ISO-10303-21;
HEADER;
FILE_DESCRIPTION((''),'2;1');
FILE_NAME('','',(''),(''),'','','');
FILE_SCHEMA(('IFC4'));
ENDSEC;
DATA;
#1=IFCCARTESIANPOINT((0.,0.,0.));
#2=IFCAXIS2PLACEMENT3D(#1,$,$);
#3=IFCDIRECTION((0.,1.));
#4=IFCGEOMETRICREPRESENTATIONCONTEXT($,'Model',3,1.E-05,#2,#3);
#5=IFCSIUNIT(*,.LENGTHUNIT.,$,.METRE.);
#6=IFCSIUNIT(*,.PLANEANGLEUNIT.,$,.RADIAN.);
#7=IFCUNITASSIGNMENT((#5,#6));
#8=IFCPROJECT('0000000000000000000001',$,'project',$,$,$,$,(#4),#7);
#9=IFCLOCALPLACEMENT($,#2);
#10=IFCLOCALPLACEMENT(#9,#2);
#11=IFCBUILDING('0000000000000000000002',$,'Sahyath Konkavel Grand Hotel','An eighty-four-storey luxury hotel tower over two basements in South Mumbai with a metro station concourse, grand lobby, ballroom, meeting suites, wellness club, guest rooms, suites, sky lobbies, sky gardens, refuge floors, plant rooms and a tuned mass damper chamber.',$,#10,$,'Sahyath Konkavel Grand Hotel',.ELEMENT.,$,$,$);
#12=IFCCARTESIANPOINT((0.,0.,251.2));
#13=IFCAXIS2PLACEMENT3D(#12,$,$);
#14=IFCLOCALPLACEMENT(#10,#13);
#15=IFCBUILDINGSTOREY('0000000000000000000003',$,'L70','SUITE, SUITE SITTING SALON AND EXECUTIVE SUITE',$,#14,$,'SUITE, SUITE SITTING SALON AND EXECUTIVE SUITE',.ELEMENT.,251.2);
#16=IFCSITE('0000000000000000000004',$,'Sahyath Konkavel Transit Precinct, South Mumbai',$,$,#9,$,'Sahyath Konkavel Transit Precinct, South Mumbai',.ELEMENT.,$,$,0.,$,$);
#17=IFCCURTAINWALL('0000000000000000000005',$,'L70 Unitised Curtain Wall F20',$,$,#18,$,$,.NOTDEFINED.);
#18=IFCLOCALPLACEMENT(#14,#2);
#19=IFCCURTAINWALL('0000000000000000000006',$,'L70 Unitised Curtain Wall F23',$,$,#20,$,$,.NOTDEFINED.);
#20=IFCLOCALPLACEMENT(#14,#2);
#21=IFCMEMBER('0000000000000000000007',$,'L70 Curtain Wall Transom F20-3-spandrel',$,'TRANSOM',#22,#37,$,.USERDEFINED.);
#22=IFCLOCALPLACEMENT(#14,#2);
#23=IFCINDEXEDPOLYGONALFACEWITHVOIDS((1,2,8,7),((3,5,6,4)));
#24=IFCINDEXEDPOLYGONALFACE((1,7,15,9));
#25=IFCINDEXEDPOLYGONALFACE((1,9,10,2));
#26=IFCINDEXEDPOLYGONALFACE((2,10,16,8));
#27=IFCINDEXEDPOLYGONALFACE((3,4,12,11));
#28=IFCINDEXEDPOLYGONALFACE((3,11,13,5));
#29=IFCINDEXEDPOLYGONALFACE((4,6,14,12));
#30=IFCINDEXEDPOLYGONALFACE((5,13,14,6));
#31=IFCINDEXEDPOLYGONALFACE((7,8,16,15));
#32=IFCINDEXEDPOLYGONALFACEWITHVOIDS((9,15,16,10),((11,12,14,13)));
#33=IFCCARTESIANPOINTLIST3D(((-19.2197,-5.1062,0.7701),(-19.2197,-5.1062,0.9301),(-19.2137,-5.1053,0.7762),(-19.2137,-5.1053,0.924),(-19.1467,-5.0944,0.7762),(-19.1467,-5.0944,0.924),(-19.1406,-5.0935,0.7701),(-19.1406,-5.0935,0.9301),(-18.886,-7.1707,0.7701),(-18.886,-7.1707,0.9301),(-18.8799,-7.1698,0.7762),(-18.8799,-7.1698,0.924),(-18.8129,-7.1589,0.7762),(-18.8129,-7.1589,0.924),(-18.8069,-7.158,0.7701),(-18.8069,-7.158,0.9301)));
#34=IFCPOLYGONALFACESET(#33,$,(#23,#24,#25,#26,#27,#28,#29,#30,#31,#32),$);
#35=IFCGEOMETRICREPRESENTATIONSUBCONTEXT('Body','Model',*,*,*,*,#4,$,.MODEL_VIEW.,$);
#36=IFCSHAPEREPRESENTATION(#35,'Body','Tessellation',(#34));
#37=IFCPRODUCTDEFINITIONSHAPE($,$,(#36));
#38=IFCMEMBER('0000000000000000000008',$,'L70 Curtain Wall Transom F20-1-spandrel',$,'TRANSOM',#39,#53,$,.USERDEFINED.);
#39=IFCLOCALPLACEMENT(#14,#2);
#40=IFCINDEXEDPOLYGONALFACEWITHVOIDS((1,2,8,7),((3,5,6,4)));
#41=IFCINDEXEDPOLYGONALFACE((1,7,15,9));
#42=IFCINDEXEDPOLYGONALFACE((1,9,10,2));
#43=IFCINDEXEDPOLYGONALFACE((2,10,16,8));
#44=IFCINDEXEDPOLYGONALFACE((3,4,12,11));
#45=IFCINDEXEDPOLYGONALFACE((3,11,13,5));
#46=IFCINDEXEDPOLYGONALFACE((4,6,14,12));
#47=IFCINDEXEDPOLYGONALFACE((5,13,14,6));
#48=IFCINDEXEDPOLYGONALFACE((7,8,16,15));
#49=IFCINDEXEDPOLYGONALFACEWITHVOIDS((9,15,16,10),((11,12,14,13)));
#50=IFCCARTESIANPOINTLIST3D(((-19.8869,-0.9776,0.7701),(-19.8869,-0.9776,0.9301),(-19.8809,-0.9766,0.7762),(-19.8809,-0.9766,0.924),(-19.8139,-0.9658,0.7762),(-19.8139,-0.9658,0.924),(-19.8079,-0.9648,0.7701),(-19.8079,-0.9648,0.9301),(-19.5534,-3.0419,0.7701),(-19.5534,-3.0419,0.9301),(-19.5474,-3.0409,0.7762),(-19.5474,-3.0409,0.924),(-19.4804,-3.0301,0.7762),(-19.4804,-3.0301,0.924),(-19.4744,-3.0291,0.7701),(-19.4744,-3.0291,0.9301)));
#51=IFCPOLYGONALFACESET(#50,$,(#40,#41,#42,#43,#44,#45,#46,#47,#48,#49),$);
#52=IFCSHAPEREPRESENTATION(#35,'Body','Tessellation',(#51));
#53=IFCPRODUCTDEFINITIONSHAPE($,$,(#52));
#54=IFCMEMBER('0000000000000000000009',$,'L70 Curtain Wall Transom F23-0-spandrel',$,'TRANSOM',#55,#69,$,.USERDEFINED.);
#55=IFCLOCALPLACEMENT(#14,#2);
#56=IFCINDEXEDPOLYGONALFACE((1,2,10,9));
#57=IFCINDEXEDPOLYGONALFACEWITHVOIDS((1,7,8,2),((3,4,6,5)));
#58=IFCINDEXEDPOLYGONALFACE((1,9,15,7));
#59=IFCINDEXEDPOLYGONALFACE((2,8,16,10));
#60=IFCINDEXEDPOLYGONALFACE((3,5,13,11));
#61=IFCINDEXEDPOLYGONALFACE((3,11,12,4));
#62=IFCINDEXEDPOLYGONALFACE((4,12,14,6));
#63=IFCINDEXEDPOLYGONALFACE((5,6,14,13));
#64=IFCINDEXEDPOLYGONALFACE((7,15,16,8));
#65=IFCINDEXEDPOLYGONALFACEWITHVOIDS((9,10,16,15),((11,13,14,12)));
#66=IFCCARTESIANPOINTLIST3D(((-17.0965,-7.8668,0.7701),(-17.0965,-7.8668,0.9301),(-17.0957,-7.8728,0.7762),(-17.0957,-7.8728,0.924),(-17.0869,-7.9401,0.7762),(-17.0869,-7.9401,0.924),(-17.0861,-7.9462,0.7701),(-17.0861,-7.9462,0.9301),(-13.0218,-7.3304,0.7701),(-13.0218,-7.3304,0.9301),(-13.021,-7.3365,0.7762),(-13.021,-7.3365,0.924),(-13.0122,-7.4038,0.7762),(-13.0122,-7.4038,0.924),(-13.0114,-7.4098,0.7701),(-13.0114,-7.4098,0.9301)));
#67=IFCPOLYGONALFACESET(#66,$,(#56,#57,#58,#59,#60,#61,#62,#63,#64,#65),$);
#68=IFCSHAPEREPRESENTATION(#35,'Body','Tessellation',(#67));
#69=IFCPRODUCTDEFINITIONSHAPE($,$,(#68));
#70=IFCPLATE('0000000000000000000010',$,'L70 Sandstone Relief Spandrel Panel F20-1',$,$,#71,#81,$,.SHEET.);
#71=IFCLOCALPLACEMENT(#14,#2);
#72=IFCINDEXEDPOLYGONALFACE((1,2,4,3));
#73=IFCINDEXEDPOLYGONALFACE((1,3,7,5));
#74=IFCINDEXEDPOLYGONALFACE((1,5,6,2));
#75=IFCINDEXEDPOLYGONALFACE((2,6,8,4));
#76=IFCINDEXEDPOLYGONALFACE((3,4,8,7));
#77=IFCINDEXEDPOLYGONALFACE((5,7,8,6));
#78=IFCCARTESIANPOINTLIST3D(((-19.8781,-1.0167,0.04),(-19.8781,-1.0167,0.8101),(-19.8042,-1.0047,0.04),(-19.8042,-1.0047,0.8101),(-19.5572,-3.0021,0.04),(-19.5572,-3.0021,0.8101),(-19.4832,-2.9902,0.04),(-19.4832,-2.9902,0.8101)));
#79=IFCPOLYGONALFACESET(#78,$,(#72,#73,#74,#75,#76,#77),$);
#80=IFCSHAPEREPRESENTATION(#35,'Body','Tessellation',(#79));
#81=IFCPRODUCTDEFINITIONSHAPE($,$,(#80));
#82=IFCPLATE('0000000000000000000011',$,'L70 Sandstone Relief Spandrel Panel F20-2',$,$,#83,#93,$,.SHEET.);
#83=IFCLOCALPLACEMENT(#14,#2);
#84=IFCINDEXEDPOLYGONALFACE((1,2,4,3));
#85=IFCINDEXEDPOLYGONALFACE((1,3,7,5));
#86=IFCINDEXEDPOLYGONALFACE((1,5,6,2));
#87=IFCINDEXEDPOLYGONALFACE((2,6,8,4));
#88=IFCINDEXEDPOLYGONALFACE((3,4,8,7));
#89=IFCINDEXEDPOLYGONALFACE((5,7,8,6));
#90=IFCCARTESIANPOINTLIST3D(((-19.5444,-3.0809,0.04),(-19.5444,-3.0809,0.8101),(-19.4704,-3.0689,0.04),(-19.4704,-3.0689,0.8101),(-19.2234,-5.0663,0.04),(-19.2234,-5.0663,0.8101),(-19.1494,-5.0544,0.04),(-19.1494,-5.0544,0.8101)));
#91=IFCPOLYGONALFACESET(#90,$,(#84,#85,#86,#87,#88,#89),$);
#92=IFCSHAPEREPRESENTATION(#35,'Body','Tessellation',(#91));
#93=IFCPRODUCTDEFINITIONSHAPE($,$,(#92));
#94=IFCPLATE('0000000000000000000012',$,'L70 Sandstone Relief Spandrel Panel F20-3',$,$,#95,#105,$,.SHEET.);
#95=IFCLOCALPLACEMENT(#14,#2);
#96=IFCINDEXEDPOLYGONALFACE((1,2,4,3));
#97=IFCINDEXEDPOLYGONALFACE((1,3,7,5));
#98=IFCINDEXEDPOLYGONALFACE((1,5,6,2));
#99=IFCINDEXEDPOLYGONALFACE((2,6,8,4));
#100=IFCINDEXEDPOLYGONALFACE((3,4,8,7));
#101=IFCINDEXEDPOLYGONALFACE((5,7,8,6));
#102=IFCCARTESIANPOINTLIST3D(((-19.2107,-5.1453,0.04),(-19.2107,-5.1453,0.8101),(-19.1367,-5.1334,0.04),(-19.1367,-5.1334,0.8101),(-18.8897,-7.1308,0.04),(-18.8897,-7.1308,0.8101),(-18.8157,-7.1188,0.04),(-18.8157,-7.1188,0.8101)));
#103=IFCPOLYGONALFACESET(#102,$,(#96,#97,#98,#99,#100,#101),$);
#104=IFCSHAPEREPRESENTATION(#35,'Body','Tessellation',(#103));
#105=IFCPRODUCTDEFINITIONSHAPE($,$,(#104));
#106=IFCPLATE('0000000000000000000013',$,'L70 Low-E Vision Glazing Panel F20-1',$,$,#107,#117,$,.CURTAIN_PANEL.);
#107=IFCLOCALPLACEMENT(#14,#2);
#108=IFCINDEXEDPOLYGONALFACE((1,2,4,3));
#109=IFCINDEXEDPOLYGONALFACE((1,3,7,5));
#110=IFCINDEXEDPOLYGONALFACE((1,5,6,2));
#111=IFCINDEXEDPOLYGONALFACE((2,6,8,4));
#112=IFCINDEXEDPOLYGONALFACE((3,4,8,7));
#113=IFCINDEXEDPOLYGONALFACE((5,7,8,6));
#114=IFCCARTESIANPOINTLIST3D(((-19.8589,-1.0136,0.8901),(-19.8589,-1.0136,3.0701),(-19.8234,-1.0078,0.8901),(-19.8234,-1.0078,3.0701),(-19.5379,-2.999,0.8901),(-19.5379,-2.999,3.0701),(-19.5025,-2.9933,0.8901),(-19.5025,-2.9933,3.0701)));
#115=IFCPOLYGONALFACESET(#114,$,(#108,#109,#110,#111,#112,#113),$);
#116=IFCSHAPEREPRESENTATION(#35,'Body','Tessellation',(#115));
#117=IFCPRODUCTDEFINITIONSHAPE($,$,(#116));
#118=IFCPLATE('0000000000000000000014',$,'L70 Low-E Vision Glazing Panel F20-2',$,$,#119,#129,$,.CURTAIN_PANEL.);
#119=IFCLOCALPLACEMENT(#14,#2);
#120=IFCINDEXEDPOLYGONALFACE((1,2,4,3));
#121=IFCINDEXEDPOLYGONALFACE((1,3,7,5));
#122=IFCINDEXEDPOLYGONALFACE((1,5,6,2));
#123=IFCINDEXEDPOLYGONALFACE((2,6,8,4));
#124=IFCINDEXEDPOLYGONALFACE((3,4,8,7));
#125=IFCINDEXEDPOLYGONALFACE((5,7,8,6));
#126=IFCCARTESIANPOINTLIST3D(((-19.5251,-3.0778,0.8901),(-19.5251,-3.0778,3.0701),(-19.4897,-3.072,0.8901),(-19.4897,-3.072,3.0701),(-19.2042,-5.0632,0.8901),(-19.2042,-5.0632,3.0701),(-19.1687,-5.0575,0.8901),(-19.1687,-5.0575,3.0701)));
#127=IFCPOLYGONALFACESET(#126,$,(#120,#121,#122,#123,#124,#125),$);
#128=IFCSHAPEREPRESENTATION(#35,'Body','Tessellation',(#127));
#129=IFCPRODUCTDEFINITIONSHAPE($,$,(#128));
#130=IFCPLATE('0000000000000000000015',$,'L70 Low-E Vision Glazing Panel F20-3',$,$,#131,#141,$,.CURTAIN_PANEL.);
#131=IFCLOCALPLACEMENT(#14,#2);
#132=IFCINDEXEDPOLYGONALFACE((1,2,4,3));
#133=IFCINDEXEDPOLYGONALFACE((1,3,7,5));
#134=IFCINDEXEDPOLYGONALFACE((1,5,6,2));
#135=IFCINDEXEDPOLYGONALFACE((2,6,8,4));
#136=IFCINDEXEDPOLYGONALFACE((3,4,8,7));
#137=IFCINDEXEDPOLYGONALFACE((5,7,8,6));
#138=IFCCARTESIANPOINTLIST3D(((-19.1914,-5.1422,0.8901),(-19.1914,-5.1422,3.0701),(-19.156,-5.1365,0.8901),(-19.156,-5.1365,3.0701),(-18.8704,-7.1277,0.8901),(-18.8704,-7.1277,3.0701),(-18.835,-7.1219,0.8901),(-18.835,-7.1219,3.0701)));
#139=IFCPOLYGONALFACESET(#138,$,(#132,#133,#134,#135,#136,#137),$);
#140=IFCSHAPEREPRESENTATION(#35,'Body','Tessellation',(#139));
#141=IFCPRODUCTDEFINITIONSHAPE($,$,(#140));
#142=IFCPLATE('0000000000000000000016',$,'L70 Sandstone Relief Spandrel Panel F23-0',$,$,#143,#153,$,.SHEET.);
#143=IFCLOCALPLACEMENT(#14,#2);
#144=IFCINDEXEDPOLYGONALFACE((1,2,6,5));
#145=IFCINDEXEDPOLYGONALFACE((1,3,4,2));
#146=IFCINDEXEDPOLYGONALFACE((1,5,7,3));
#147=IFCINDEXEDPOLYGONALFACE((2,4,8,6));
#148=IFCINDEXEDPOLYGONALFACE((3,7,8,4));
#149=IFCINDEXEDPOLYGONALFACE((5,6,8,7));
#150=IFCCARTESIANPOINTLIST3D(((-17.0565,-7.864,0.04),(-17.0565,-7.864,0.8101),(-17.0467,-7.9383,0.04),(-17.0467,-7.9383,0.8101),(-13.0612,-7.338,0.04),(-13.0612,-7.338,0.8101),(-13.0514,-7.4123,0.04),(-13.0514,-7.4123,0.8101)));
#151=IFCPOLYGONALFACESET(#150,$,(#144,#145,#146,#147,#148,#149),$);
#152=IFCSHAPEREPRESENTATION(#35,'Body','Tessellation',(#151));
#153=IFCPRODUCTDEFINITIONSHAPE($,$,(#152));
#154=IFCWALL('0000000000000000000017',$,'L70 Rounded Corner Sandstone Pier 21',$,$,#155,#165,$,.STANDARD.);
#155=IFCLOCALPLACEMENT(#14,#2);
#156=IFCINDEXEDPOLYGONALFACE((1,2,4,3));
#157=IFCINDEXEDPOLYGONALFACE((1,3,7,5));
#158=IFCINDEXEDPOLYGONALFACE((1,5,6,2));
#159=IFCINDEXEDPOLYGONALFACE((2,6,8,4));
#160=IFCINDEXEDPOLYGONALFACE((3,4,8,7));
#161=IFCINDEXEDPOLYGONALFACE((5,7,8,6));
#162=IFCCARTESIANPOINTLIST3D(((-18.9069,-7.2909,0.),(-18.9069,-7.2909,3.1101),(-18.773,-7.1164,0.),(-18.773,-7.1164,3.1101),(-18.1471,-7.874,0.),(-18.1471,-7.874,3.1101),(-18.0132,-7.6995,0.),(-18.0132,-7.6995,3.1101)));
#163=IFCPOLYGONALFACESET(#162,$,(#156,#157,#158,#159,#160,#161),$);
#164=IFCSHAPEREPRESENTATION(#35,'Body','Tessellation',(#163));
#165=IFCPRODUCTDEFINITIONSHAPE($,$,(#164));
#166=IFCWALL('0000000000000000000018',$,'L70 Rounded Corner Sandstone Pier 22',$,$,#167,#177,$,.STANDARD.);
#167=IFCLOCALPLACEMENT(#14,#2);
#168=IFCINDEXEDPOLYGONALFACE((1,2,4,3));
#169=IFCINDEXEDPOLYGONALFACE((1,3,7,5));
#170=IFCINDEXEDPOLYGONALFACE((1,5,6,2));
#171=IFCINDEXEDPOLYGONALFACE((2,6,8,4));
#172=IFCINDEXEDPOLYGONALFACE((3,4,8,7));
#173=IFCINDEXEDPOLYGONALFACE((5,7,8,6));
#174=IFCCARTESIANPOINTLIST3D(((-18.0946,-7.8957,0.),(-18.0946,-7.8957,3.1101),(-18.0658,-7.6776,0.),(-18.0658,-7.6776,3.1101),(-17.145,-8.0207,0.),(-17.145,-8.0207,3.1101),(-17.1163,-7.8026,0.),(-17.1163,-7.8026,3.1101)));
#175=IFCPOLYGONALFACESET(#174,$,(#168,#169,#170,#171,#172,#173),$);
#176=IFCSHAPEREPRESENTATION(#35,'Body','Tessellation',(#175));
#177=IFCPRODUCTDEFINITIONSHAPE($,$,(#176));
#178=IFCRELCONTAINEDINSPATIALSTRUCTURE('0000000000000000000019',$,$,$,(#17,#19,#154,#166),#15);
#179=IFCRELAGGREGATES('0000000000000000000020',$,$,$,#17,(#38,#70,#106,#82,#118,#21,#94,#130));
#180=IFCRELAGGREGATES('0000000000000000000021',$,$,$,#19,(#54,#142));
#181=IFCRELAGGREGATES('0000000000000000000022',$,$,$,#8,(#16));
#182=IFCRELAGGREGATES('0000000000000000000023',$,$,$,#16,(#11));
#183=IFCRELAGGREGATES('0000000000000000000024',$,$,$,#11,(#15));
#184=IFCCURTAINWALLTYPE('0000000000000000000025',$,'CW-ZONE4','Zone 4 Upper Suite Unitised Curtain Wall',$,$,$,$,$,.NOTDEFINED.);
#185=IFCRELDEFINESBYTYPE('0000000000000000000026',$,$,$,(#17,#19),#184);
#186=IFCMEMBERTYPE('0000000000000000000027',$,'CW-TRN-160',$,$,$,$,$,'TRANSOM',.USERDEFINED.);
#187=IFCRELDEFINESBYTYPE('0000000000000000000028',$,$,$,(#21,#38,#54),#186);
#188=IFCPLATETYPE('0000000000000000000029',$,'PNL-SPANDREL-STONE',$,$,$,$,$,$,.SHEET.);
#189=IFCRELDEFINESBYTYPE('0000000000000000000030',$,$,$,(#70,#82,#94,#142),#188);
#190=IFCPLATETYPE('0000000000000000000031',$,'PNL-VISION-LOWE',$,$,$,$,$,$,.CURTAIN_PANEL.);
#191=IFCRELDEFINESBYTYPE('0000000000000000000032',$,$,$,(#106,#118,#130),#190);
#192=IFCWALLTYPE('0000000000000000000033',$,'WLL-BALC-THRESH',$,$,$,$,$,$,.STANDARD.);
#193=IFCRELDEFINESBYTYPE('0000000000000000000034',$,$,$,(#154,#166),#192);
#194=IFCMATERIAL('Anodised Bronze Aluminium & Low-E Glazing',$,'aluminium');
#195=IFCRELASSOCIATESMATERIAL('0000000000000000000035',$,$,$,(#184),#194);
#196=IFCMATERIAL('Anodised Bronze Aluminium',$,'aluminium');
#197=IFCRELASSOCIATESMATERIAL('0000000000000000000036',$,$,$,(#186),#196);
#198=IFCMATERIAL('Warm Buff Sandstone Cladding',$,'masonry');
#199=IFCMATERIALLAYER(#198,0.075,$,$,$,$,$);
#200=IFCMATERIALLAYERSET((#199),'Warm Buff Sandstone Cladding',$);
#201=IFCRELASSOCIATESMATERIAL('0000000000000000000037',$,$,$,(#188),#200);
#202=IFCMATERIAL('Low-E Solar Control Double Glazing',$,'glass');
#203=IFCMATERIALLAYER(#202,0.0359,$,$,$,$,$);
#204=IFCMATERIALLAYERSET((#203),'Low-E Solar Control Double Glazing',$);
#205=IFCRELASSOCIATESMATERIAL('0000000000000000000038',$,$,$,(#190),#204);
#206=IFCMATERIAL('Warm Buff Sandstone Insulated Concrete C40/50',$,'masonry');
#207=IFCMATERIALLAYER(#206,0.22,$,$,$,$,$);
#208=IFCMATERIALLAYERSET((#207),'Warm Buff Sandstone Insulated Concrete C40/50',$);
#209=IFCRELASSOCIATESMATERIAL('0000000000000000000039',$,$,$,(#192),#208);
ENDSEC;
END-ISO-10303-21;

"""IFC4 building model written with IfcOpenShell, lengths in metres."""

from ifc_helpers import new_model, si_unit, direction, frame, frame_2d, origin, origin_2d, place, context, subcontext, project, spatial, rectangle, hollow_rectangle, extrude, source, transform, mapped, material, layer, layer_set, material_profile, profile_set, type_object, element, aggregate, save


model = new_model("IFC4")

# Units and contexts
model_context = context("Model", 3, precision=1e-05, world=origin(), true_north=direction((0.0, 1.0)))
body_context = subcontext(model_context, "Body", "Model", "MODEL_VIEW")
ifc_project = project(units=[si_unit("LENGTHUNIT", "METRE"), si_unit("PLANEANGLEUNIT", "RADIAN")], contexts=[model_context])

# Site, building, storey
site_placement = place(None, origin())
site = spatial("IfcSite", under=ifc_project, at=site_placement, Name="Sahyath Konkavel Transit Precinct, South Mumbai", LongName="Sahyath Konkavel Transit Precinct, South Mumbai", CompositionType="ELEMENT", RefElevation=0.0)
building_placement = place(site_placement, origin())
building = spatial("IfcBuilding", under=site, at=building_placement, Name="Sahyath Konkavel Grand Hotel", Description="An eighty-four-storey luxury hotel tower over two basements in South Mumbai with a metro station concourse, grand lobby, ballroom, meeting suites, wellness club, guest rooms, suites, sky lobbies, sky gardens, refuge floors, plant rooms and a tuned mass damper chamber.", LongName="Sahyath Konkavel Grand Hotel", CompositionType="ELEMENT")
storey_placement = place(building_placement, frame((0.0, 0.0, 251.2)))
storey = spatial("IfcBuildingStorey", under=building, at=storey_placement, Name="L70", Description="SUITE, SUITE SITTING SALON AND EXECUTIVE SUITE", LongName="SUITE, SUITE SITTING SALON AND EXECUTIVE SUITE", CompositionType="ELEMENT", Elevation=251.2)

# Curtain wall
ifc_material_1 = material(Name="Anodised Bronze Aluminium & Low-E Glazing", Category="aluminium")
curtain_wall_type = type_object("IfcCurtainWallType", Name="CW-ZONE4", Description="Zone 4 Upper Suite Unitised Curtain Wall", PredefinedType="NOTDEFINED", material=ifc_material_1)
curtain_wall_1_placement = place(storey_placement, origin())
curtain_wall_1 = element("IfcCurtainWall", 1, at=curtain_wall_1_placement, inside=storey, type_object=curtain_wall_type, Name="L70 Unitised Curtain Wall F20", PredefinedType="NOTDEFINED")
ifc_material_2 = material(Name="Anodised Bronze Aluminium", Category="aluminium")

# Curtain wall
curtain_wall_2_placement = place(storey_placement, origin())
curtain_wall_2 = element("IfcCurtainWall", 2, at=curtain_wall_2_placement, inside=storey, type_object=curtain_wall_type, Name="L70 Unitised Curtain Wall F23", PredefinedType="NOTDEFINED")

# Members
ifc_material_profile_1 = material_profile(ifc_material_2, hollow_rectangle(XDim=0.0801, YDim=0.1599, WallThickness=0.0061, at=origin_2d()), Name="RHS 160x80x6")
ifc_profile_set_1 = profile_set([ifc_material_profile_1], Name="Anodised Bronze Aluminium")
member_type_1 = type_object("IfcMemberType", Name="CW-TRN-160", ElementType="TRANSOM", PredefinedType="USERDEFINED", material=ifc_profile_set_1)
shared_shape_1 = source(origin(), body_context, "Body", "SweptSolid", [
    extrude(hollow_rectangle(XDim=0.0801, YDim=0.1599, WallThickness=0.0061, at=origin_2d()), origin(), (0.0, 0.0, 1.0), 2.0913),
])
member_1_placement = place(storey_placement, frame((-19.1802, -5.0999, 0.8501), z_axis=(0.159588, -0.987184, 0.0), x_axis=(0.987184, 0.159588, 0.0)))
member_1 = element("IfcMember", 3, at=member_1_placement, type_object=member_type_1, Name="L70 Curtain Wall Transom F20-3-spandrel", ObjectType="TRANSOM", PredefinedType="USERDEFINED", context=body_context, shape_type="MappedRepresentation", body=[
    mapped(shared_shape_1, transform((0.0, 0.0, 0.0), scale=1.0)),
])
shared_shape_2 = source(origin(), body_context, "Body", "SweptSolid", [
    extrude(hollow_rectangle(XDim=0.0801, YDim=0.1599, WallThickness=0.0061, at=origin_2d()), origin(), (0.0, 0.0, 1.0), 2.0911),
])
member_2_placement = place(storey_placement, frame((-19.8474, -0.9712, 0.8501), z_axis=(0.159493, -0.987199, 0.0), x_axis=(0.987199, 0.159493, 0.0)))
member_2 = element("IfcMember", 4, at=member_2_placement, type_object=member_type_1, Name="L70 Curtain Wall Transom F20-1-spandrel", ObjectType="TRANSOM", PredefinedType="USERDEFINED", context=body_context, shape_type="MappedRepresentation", body=[
    mapped(shared_shape_2, transform((0.0, 0.0, 0.0), scale=1.0)),
])
shared_shape_3 = source(origin(), body_context, "Body", "SweptSolid", [
    extrude(hollow_rectangle(XDim=0.0801, YDim=0.1599, WallThickness=0.0061, at=origin_2d()), origin(), (0.0, 0.0, 1.0), 4.1099),
])
member_3_placement = place(storey_placement, frame((-17.0913, -7.9065, 0.8501), z_axis=(0.991447, 0.13051, 0.0), x_axis=(-0.13051, 0.991447, 0.0)))
member_3 = element("IfcMember", 5, at=member_3_placement, type_object=member_type_1, Name="L70 Curtain Wall Transom F23-0-spandrel", ObjectType="TRANSOM", PredefinedType="USERDEFINED", context=body_context, shape_type="MappedRepresentation", body=[
    mapped(shared_shape_3, transform((0.0, 0.0, 0.0), scale=1.0)),
])

# Plates
ifc_material_3 = material(Name="Warm Buff Sandstone Cladding", Category="masonry")
ifc_layer_1 = layer(ifc_material_3, 0.075)
ifc_layer_set_1 = layer_set([ifc_layer_1], Name="Warm Buff Sandstone Cladding")
plate_type_1 = type_object("IfcPlateType", Name="PNL-SPANDREL-STONE", PredefinedType="SHEET", material=ifc_layer_set_1)
shared_shape_4 = source(origin(), body_context, "Body", "SweptSolid", [
    extrude(rectangle(XDim=2.0112, YDim=0.075, at=origin_2d()), origin(), (0.0, 0.0, 1.0), 0.77),
])
plate_1_placement = place(storey_placement, frame((-19.6807, -2.0034, 0.04), z_axis=(0.0, 0.0, 1.0), x_axis=(0.159588, -0.987184, 0.0)))
plate_1 = element("IfcPlate", 6, at=plate_1_placement, type_object=plate_type_1, Name="L70 Sandstone Relief Spandrel Panel F20-1", PredefinedType="SHEET", context=body_context, shape_type="MappedRepresentation", body=[
    mapped(shared_shape_4, transform((0.0, 0.0, 0.0), scale=1.0)),
])
plate_2_placement = place(storey_placement, frame((-19.3469, -4.0676, 0.04), z_axis=(0.0, 0.0, 1.0), x_axis=(0.159588, -0.987184, 0.0)))
plate_2 = element("IfcPlate", 7, at=plate_2_placement, type_object=plate_type_1, Name="L70 Sandstone Relief Spandrel Panel F20-2", PredefinedType="SHEET", context=body_context, shape_type="MappedRepresentation", body=[
    mapped(shared_shape_4, transform((0.0, 0.0, 0.0), scale=1.0)),
])
plate_3_placement = place(storey_placement, frame((-19.0132, -6.1321, 0.04), z_axis=(0.0, 0.0, 1.0), x_axis=(0.159588, -0.987184, 0.0)))
plate_3 = element("IfcPlate", 8, at=plate_3_placement, type_object=plate_type_1, Name="L70 Sandstone Relief Spandrel Panel F20-3", PredefinedType="SHEET", context=body_context, shape_type="MappedRepresentation", body=[
    mapped(shared_shape_4, transform((0.0, 0.0, 0.0), scale=1.0)),
])
ifc_material_4 = material(Name="Low-E Solar Control Double Glazing", Category="glass")
ifc_layer_2 = layer(ifc_material_4, 0.0359)
ifc_layer_set_2 = layer_set([ifc_layer_2], Name="Low-E Solar Control Double Glazing")
plate_type_2 = type_object("IfcPlateType", Name="PNL-VISION-LOWE", PredefinedType="CURTAIN_PANEL", material=ifc_layer_set_2)
shared_shape_5 = source(origin(), body_context, "Body", "SweptSolid", [
    extrude(rectangle(XDim=2.0112, YDim=0.0359, at=origin_2d()), origin(), (0.0, 0.0, 1.0), 2.1799),
])
plate_4_placement = place(storey_placement, frame((-19.6807, -2.0034, 0.8901), z_axis=(0.0, 0.0, 1.0), x_axis=(0.159588, -0.987184, 0.0)))
plate_4 = element("IfcPlate", 9, at=plate_4_placement, type_object=plate_type_2, Name="L70 Low-E Vision Glazing Panel F20-1", PredefinedType="CURTAIN_PANEL", context=body_context, shape_type="MappedRepresentation", body=[
    mapped(shared_shape_5, transform((0.0, 0.0, 0.0), scale=1.0)),
])
plate_5_placement = place(storey_placement, frame((-19.3469, -4.0676, 0.8901), z_axis=(0.0, 0.0, 1.0), x_axis=(0.159588, -0.987184, 0.0)))
plate_5 = element("IfcPlate", 10, at=plate_5_placement, type_object=plate_type_2, Name="L70 Low-E Vision Glazing Panel F20-2", PredefinedType="CURTAIN_PANEL", context=body_context, shape_type="MappedRepresentation", body=[
    mapped(shared_shape_5, transform((0.0, 0.0, 0.0), scale=1.0)),
])
plate_6_placement = place(storey_placement, frame((-19.0132, -6.1321, 0.8901), z_axis=(0.0, 0.0, 1.0), x_axis=(0.159588, -0.987184, 0.0)))
plate_6 = element("IfcPlate", 11, at=plate_6_placement, type_object=plate_type_2, Name="L70 Low-E Vision Glazing Panel F20-3", PredefinedType="CURTAIN_PANEL", context=body_context, shape_type="MappedRepresentation", body=[
    mapped(shared_shape_5, transform((0.0, 0.0, 0.0), scale=1.0)),
])
aggregate(curtain_wall_1, [member_2, plate_1, plate_4, plate_2, plate_5, member_1, plate_3, plate_6])
shared_shape_6 = source(origin(), body_context, "Body", "SweptSolid", [
    extrude(rectangle(XDim=4.0298, YDim=0.075, at=origin_2d()), origin(), (0.0, 0.0, 1.0), 0.77),
])
plate_7_placement = place(storey_placement, frame((-15.054, -7.6382, 0.04), z_axis=(0.0, 0.0, 1.0), x_axis=(0.991445, 0.130526, 0.0)))
plate_7 = element("IfcPlate", 12, at=plate_7_placement, type_object=plate_type_1, Name="L70 Sandstone Relief Spandrel Panel F23-0", PredefinedType="SHEET", context=body_context, shape_type="MappedRepresentation", body=[
    mapped(shared_shape_6, transform((0.0, 0.0, 0.0), scale=1.0)),
])
aggregate(curtain_wall_2, [member_3, plate_7])

# Walls
ifc_material_5 = material(Name="Warm Buff Sandstone Insulated Concrete C40/50", Category="masonry")
ifc_layer_3 = layer(ifc_material_5, 0.22)
ifc_layer_set_3 = layer_set([ifc_layer_3], Name="Warm Buff Sandstone Insulated Concrete C40/50")
wall_type_1 = type_object("IfcWallType", Name="WLL-BALC-THRESH", PredefinedType="STANDARD", material=ifc_layer_set_3)
for number, where, z_axis, x_axis, name in (
    (13, (-18.8401, -7.2036, 0.0), (0.0, 0.0, 1.0), (0.793344, -0.608774, 0.0), "L70 Rounded Corner Sandstone Pier 21"),
    (14, (-18.0803, -7.7866, 0.0), (0.0, 0.0, 1.0), (0.991445, -0.130527, 0.0), "L70 Rounded Corner Sandstone Pier 22"),
):
    element("IfcWall", number, at=place(storey_placement, frame(where, z_axis=z_axis, x_axis=x_axis)), inside=storey, type_object=wall_type_1, Name=name, PredefinedType="STANDARD", context=body_context, shape_type="SweptSolid", body=[
        extrude(rectangle(XDim=0.9578, YDim=0.22, at=frame_2d((0.479, 0.0))), origin(), (0.0, 0.0, 1.0), 3.1101),
    ])

save(model, "model.ifc")
